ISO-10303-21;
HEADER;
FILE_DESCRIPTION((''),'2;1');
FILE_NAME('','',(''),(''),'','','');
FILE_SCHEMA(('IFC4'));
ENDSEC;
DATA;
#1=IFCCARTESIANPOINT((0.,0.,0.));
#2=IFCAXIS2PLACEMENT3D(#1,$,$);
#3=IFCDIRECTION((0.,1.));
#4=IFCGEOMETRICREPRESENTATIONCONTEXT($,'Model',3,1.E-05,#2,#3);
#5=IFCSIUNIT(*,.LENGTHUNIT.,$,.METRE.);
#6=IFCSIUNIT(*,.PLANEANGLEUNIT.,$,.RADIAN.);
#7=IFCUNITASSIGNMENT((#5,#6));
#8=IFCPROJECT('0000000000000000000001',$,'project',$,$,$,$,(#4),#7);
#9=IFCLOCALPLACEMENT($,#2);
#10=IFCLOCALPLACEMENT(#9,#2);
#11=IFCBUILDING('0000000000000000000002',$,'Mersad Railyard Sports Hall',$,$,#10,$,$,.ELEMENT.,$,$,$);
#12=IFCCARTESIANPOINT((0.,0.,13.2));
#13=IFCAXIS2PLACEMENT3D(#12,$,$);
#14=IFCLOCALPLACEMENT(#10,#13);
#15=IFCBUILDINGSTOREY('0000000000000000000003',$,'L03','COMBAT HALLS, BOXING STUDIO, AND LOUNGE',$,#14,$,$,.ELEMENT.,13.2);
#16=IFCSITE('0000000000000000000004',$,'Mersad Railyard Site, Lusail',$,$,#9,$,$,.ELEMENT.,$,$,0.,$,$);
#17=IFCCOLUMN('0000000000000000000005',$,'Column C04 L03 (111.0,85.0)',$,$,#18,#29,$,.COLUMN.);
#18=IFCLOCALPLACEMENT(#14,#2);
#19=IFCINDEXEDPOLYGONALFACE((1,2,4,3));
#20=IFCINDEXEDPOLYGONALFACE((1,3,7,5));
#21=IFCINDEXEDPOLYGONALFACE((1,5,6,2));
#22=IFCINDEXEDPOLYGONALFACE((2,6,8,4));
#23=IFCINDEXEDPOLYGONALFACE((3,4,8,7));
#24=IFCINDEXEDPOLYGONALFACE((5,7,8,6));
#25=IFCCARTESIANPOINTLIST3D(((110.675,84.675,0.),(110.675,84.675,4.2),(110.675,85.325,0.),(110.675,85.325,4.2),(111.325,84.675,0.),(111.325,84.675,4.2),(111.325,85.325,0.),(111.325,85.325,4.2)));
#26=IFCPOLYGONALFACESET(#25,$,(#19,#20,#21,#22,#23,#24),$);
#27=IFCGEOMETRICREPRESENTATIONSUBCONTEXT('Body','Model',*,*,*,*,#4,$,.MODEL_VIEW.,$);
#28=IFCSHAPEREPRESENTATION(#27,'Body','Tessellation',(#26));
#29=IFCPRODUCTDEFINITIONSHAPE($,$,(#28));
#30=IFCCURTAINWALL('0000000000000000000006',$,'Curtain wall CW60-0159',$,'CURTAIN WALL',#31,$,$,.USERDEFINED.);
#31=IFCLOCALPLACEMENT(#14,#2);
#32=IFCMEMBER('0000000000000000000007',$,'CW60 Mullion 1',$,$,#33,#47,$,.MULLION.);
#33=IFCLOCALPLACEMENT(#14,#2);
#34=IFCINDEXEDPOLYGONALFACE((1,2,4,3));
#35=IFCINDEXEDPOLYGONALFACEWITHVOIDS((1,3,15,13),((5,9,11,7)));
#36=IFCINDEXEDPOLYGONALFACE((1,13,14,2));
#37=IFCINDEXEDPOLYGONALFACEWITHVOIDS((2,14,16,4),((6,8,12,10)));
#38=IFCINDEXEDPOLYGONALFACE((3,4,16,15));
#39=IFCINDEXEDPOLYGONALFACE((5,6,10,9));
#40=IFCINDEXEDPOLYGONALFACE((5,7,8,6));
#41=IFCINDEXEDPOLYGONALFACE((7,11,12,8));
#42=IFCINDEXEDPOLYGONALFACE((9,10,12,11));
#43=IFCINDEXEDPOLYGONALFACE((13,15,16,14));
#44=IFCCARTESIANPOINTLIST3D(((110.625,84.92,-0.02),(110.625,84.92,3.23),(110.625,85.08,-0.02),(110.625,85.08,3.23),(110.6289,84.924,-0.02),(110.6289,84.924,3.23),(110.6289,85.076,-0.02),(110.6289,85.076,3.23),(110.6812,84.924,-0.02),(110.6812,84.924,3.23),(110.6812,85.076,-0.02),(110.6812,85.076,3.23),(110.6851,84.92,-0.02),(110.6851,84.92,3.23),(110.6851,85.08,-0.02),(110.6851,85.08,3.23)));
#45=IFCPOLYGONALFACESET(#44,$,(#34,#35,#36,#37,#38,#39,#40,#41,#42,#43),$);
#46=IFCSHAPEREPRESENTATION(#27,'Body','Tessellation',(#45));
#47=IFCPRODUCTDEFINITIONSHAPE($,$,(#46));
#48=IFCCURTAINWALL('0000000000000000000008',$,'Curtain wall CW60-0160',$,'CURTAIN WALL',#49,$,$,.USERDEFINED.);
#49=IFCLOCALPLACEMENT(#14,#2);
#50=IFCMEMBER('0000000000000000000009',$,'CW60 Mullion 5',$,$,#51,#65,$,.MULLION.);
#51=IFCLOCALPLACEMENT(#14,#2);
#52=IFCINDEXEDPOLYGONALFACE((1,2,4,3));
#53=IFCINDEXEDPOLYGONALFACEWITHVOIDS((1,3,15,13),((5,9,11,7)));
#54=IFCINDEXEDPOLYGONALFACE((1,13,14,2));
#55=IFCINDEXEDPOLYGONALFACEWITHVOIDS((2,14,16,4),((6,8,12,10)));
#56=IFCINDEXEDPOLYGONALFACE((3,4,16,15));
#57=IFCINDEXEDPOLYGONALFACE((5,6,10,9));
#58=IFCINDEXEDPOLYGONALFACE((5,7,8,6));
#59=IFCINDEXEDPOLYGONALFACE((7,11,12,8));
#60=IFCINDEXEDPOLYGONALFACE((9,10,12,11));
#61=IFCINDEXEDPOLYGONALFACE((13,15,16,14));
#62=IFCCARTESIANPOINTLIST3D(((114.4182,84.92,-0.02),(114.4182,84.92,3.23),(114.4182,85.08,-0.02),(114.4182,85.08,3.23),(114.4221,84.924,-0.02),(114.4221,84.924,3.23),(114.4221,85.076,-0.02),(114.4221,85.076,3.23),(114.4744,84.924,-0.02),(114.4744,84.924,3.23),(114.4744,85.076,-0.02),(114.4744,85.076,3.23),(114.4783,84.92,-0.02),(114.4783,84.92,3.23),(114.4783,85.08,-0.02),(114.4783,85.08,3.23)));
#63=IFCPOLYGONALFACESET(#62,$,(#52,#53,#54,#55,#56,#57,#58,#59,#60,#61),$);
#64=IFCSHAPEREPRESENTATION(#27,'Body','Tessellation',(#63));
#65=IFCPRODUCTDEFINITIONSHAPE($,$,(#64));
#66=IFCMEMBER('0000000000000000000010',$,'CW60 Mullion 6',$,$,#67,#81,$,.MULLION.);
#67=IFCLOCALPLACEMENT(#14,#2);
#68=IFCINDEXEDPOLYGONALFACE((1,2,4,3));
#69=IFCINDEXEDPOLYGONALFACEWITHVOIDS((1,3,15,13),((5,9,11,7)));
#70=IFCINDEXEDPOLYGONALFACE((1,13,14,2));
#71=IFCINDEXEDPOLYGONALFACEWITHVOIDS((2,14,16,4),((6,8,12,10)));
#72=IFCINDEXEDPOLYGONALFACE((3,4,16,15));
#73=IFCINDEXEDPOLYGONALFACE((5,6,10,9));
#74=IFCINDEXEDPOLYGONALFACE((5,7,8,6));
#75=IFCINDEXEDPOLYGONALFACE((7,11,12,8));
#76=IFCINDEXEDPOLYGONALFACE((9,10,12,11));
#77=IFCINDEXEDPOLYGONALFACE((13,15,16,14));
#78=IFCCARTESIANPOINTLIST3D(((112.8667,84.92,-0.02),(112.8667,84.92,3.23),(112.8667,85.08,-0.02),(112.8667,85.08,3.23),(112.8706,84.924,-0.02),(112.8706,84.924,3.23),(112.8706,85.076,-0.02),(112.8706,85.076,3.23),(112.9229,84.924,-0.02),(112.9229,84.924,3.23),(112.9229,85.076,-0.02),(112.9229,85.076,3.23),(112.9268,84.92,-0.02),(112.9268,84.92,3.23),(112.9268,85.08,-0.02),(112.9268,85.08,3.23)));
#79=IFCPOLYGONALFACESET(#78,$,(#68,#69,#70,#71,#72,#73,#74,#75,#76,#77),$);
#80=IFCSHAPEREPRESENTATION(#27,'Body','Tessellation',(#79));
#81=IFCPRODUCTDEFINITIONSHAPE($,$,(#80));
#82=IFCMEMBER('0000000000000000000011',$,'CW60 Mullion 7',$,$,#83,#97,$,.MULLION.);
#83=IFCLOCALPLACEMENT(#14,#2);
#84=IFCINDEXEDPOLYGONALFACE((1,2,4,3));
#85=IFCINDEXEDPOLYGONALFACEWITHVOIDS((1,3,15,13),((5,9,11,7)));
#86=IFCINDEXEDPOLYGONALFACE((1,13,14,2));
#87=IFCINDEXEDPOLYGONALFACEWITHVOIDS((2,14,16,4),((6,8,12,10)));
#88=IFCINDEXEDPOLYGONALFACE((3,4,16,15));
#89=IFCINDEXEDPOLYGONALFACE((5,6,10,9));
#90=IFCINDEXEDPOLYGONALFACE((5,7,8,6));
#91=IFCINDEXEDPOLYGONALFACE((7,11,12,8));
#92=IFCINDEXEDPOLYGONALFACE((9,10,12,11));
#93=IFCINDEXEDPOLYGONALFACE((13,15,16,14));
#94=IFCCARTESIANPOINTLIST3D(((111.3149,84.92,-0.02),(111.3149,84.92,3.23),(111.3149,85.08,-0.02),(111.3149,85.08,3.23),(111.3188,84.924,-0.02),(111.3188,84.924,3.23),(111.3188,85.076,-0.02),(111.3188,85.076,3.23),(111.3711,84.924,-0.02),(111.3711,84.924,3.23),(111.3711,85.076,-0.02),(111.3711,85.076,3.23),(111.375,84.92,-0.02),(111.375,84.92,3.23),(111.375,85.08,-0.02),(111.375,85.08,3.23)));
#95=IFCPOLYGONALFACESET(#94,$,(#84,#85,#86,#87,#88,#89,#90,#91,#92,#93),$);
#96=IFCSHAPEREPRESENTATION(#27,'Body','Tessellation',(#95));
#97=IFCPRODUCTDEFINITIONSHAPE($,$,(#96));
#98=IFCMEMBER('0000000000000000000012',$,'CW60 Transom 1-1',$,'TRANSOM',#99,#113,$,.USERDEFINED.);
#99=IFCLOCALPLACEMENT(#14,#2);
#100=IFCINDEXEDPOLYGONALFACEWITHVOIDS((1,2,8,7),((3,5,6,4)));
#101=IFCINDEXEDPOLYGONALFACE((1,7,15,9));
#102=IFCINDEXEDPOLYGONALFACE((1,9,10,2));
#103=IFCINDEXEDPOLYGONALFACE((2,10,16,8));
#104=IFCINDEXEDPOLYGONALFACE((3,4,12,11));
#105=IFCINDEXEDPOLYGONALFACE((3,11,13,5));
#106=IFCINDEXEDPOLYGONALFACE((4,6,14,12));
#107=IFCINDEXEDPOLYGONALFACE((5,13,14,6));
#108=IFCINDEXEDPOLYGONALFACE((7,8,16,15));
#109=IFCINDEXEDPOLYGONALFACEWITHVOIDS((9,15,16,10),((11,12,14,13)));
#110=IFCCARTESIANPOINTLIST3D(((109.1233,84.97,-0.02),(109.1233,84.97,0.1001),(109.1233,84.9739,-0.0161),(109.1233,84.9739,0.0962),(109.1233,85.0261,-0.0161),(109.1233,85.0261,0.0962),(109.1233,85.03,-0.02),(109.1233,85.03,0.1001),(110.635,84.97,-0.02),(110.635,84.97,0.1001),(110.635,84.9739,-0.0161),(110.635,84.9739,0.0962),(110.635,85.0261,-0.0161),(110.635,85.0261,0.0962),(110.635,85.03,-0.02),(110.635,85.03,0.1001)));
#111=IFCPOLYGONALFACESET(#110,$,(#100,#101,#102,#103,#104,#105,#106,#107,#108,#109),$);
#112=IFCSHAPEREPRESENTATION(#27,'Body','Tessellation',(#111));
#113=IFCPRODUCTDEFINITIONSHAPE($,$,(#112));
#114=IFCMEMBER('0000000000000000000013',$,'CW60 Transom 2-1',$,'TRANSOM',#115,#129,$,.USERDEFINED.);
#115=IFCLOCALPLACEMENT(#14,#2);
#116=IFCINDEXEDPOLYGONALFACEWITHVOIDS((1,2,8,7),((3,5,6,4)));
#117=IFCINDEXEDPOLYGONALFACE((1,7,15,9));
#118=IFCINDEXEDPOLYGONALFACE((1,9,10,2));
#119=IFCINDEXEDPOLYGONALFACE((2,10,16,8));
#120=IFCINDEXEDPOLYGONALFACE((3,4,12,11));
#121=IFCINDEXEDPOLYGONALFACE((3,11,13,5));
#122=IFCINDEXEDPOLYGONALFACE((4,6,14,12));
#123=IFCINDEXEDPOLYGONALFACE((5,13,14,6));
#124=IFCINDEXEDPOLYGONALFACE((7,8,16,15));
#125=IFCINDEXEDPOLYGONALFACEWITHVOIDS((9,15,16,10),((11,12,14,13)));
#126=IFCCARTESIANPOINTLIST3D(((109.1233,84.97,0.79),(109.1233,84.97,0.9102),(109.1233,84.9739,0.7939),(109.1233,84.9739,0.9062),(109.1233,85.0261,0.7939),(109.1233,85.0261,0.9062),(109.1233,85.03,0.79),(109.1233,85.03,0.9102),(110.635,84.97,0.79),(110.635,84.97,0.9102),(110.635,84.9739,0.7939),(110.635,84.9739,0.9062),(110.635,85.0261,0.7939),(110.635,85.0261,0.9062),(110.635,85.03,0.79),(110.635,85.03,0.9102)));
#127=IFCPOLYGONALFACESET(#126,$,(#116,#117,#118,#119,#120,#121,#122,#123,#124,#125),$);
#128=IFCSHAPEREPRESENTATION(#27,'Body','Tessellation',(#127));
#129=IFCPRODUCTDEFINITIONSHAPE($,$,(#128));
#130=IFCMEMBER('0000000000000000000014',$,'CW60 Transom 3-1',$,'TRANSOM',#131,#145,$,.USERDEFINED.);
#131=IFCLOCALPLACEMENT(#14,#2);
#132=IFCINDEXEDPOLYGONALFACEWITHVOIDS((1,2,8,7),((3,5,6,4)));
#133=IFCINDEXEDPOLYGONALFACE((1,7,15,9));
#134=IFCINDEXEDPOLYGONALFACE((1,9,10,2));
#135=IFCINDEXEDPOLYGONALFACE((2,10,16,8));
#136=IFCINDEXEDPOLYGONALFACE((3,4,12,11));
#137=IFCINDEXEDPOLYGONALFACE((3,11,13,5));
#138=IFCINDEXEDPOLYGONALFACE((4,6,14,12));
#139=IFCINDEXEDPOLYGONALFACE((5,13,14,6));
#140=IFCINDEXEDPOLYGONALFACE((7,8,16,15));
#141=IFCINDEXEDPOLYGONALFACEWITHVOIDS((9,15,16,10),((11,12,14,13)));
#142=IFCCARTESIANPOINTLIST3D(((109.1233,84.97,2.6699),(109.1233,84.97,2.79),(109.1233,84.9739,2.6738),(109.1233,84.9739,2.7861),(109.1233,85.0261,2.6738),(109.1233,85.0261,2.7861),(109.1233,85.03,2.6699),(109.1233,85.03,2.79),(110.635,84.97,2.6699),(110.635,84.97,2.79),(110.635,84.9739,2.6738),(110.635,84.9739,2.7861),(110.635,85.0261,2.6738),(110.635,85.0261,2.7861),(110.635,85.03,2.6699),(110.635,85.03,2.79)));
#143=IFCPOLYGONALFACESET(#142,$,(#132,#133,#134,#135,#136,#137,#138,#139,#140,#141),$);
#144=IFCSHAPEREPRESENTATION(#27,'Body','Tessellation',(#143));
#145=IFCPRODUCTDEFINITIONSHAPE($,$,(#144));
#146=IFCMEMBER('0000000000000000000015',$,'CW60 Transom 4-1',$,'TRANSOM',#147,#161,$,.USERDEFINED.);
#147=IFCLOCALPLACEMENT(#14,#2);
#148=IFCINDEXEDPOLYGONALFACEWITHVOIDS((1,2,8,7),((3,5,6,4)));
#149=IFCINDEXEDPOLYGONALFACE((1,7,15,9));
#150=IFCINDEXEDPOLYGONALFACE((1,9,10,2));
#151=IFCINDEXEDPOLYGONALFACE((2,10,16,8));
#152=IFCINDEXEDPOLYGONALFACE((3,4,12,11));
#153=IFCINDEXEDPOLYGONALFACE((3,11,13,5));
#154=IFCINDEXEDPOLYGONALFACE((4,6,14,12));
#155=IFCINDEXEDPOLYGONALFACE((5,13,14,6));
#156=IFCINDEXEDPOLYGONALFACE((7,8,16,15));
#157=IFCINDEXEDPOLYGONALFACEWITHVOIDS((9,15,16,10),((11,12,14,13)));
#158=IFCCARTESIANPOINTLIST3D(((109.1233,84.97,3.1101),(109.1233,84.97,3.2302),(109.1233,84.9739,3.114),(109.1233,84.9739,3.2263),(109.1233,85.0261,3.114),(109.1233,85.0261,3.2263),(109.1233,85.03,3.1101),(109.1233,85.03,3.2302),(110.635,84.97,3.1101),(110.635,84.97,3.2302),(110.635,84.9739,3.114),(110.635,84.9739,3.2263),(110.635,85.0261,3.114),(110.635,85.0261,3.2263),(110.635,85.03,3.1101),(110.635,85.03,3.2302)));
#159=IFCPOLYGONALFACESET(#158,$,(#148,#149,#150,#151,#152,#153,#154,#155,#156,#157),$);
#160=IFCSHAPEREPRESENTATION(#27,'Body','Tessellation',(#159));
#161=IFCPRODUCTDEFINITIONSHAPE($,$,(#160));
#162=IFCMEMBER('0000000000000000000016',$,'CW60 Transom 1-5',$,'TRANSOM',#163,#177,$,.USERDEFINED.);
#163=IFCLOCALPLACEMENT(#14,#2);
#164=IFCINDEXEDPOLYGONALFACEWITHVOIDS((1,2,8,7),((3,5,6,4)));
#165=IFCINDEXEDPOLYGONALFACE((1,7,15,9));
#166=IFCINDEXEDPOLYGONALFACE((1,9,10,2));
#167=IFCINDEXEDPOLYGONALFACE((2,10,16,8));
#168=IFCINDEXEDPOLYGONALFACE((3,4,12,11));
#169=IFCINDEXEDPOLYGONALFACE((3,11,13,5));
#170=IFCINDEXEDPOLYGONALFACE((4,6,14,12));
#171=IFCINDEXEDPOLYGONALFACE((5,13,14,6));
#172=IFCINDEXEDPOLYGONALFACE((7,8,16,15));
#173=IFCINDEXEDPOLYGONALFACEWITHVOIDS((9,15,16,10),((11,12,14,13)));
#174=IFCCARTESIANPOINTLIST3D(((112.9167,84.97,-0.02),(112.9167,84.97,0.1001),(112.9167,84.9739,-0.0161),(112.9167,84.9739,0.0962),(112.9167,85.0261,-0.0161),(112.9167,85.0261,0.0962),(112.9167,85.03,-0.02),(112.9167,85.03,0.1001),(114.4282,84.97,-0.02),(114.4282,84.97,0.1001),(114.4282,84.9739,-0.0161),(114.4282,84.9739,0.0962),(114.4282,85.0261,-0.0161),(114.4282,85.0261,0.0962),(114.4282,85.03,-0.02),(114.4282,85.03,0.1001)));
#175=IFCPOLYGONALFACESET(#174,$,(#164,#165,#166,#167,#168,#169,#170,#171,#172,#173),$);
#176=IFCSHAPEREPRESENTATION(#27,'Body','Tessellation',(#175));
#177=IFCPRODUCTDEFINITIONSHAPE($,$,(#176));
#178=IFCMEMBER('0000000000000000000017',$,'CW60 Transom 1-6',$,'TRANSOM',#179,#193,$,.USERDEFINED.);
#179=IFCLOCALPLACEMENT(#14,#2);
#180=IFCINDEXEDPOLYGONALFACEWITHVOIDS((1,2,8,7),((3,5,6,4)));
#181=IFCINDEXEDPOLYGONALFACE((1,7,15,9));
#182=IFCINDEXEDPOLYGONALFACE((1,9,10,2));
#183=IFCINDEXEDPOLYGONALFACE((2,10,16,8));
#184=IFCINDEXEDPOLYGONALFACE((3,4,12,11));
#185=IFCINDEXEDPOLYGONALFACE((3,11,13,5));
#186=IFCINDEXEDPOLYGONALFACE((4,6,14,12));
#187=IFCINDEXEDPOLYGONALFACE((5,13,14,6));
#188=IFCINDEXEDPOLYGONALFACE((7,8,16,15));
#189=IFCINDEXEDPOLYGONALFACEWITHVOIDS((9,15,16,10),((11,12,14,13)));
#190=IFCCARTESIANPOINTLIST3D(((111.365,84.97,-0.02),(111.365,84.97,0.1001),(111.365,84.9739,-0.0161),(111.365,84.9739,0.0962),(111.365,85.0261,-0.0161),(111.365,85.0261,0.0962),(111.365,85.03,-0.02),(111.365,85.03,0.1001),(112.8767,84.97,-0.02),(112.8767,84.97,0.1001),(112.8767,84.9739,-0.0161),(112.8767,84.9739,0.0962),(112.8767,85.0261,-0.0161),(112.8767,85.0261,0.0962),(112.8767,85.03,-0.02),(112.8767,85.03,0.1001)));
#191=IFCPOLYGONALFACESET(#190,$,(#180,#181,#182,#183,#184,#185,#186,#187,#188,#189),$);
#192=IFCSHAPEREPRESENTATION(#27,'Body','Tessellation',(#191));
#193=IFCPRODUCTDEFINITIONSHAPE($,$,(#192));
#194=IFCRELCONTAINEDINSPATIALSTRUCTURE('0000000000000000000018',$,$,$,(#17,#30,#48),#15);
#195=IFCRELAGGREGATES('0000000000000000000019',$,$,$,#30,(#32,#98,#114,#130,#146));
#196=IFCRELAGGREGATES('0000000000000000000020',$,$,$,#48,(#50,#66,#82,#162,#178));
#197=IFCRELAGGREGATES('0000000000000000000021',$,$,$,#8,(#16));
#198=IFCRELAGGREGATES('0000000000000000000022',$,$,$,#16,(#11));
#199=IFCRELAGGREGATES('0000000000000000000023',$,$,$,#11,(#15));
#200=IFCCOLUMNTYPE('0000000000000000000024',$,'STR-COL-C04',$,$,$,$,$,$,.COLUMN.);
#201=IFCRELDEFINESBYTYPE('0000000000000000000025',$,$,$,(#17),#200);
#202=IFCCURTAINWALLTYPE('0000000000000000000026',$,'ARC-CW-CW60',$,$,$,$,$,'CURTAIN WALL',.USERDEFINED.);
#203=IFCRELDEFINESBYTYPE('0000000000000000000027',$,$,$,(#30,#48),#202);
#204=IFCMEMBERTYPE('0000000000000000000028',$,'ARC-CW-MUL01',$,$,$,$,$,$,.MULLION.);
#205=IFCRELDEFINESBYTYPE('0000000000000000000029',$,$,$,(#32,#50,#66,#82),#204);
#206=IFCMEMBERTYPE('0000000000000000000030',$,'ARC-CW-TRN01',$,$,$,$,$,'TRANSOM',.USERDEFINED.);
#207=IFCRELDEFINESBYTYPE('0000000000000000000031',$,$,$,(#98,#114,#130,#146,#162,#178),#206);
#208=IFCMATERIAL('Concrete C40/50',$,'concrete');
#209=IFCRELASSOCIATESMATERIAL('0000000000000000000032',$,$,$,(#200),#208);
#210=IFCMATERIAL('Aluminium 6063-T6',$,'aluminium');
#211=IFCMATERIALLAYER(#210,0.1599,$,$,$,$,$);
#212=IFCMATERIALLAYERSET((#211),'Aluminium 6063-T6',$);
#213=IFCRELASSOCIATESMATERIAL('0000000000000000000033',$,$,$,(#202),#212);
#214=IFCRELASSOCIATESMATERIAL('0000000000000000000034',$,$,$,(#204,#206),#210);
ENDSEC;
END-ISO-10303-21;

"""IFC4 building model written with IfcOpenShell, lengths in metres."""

from ifc_helpers import new_model, si_unit, direction, frame, origin, origin_2d, place, context, subcontext, project, spatial, rectangle, hollow_rectangle, extrude, material, layer, layer_set, material_profile, profile_set, type_object, element, aggregate, save


model = new_model("IFC4")

# Units and contexts
model_context = context("Model", 3, precision=1e-05, world=origin(), true_north=direction((0.0, 1.0)))
body_context = subcontext(model_context, "Body", "Model", "MODEL_VIEW")
ifc_project = project(units=[si_unit("LENGTHUNIT", "METRE"), si_unit("PLANEANGLEUNIT", "RADIAN")], contexts=[model_context])

# Site, building, storey
site_placement = place(None, origin())
site = spatial("IfcSite", under=ifc_project, at=site_placement, Name="Mersad Railyard Site, Lusail", CompositionType="ELEMENT", RefElevation=0.0)
building_placement = place(site_placement, origin())
building = spatial("IfcBuilding", under=site, at=building_placement, Name="Mersad Railyard Sports Hall", CompositionType="ELEMENT")
storey_placement = place(building_placement, frame((0.0, 0.0, 13.2)))
storey = spatial("IfcBuildingStorey", under=building, at=storey_placement, Name="L03", Description="COMBAT HALLS, BOXING STUDIO, AND LOUNGE", CompositionType="ELEMENT", Elevation=13.2)

# Column
ifc_material_1 = material(Name="Concrete C40/50", Category="concrete")
ifc_material_profile_1 = material_profile(ifc_material_1, rectangle(XDim=0.6499, YDim=0.6499, at=origin_2d()), Name="RC 650x650")
ifc_profile_set_1 = profile_set([ifc_material_profile_1], Name="Concrete C40/50")
column_type = type_object("IfcColumnType", Name="STR-COL-C04", PredefinedType="COLUMN", material=ifc_profile_set_1)
column_placement = place(storey_placement, frame((111.0, 85.0, 0.0), z_axis=(0.0, 0.0, 1.0), x_axis=(1.0, 0.0, 0.0)))
element("IfcColumn", 1, at=column_placement, inside=storey, type_object=column_type, Name="Column C04 L03 (111.0,85.0)", PredefinedType="COLUMN", context=body_context, shape_type="SweptSolid", body=[
    extrude(rectangle(XDim=0.6499, YDim=0.6499, at=origin_2d()), origin(), (0.0, 0.0, 1.0), 4.2),
])

# Curtain wall, member
ifc_material_2 = material(Name="Aluminium 6063-T6", Category="aluminium")
ifc_layer_1 = layer(ifc_material_2, 0.1599)
ifc_layer_set_1 = layer_set([ifc_layer_1], Name="Aluminium 6063-T6")
curtain_wall_type = type_object("IfcCurtainWallType", Name="ARC-CW-CW60", ElementType="CURTAIN WALL", PredefinedType="USERDEFINED", material=ifc_layer_set_1)
curtain_wall_1_placement = place(storey_placement, origin())
curtain_wall_1 = element("IfcCurtainWall", 2, at=curtain_wall_1_placement, inside=storey, type_object=curtain_wall_type, Name="Curtain wall CW60-0159", ObjectType="CURTAIN WALL", PredefinedType="USERDEFINED")
ifc_material_profile_2 = material_profile(ifc_material_2, hollow_rectangle(XDim=0.0601, YDim=0.1599, WallThickness=0.0039, at=origin_2d()), Name="AL MULLION 60x160x4")
ifc_profile_set_2 = profile_set([ifc_material_profile_2], Name="Aluminium 6063-T6")
member_type_1 = type_object("IfcMemberType", Name="ARC-CW-MUL01", PredefinedType="MULLION", material=ifc_profile_set_2)
member_1_placement = place(storey_placement, frame((110.655, 85.0, -0.02), z_axis=(0.0, 0.0, 1.0), x_axis=(1.0, 0.0, 0.0)))
member_1 = element("IfcMember", 3, at=member_1_placement, type_object=member_type_1, Name="CW60 Mullion 1", PredefinedType="MULLION", context=body_context, shape_type="SweptSolid", body=[
    extrude(hollow_rectangle(XDim=0.0601, YDim=0.1599, WallThickness=0.0039, at=origin_2d()), origin(), (0.0, 0.0, 1.0), 3.25),
])

# Curtain wall, members
curtain_wall_2_placement = place(storey_placement, origin())
curtain_wall_2 = element("IfcCurtainWall", 4, at=curtain_wall_2_placement, inside=storey, type_object=curtain_wall_type, Name="Curtain wall CW60-0160", ObjectType="CURTAIN WALL", PredefinedType="USERDEFINED")
member_2_placement = place(storey_placement, frame((114.4482, 85.0, -0.02), z_axis=(0.0, 0.0, 1.0), x_axis=(1.0, 0.0, 0.0)))
member_2 = element("IfcMember", 5, at=member_2_placement, type_object=member_type_1, Name="CW60 Mullion 5", PredefinedType="MULLION", context=body_context, shape_type="SweptSolid", body=[
    extrude(hollow_rectangle(XDim=0.0601, YDim=0.1599, WallThickness=0.0039, at=origin_2d()), origin(), (0.0, 0.0, 1.0), 3.25),
])
member_3_placement = place(storey_placement, frame((112.8967, 85.0, -0.02), z_axis=(0.0, 0.0, 1.0), x_axis=(1.0, 0.0, 0.0)))
member_3 = element("IfcMember", 6, at=member_3_placement, type_object=member_type_1, Name="CW60 Mullion 6", PredefinedType="MULLION", context=body_context, shape_type="SweptSolid", body=[
    extrude(hollow_rectangle(XDim=0.0601, YDim=0.1599, WallThickness=0.0039, at=origin_2d()), origin(), (0.0, 0.0, 1.0), 3.25),
])
member_4_placement = place(storey_placement, frame((111.345, 85.0, -0.02), z_axis=(0.0, 0.0, 1.0), x_axis=(1.0, 0.0, 0.0)))
member_4 = element("IfcMember", 7, at=member_4_placement, type_object=member_type_1, Name="CW60 Mullion 7", PredefinedType="MULLION", context=body_context, shape_type="SweptSolid", body=[
    extrude(hollow_rectangle(XDim=0.0601, YDim=0.1599, WallThickness=0.0039, at=origin_2d()), origin(), (0.0, 0.0, 1.0), 3.25),
])

# Members
ifc_material_profile_3 = material_profile(ifc_material_2, hollow_rectangle(XDim=0.0601, YDim=0.1201, WallThickness=0.0039, at=origin_2d()), Name="AL TRANSOM 60x120x4")
ifc_profile_set_3 = profile_set([ifc_material_profile_3], Name="Aluminium 6063-T6")
member_type_2 = type_object("IfcMemberType", Name="ARC-CW-TRN01", ElementType="TRANSOM", PredefinedType="USERDEFINED", material=ifc_profile_set_3)
member_5_placement = place(storey_placement, frame((110.635, 85.0, 0.04), z_axis=(-1.0, 0.0, 0.0), x_axis=(0.0, -1.0, 0.0)))
member_5 = element("IfcMember", 8, at=member_5_placement, type_object=member_type_2, Name="CW60 Transom 1-1", ObjectType="TRANSOM", PredefinedType="USERDEFINED", context=body_context, shape_type="SweptSolid", body=[
    extrude(hollow_rectangle(XDim=0.0601, YDim=0.1201, WallThickness=0.0039, at=origin_2d()), origin(), (0.0, 0.0, 1.0), 1.5117),
])
member_6_placement = place(storey_placement, frame((110.635, 85.0, 0.8501), z_axis=(-1.0, 0.0, 0.0), x_axis=(0.0, -1.0, 0.0)))
member_6 = element("IfcMember", 9, at=member_6_placement, type_object=member_type_2, Name="CW60 Transom 2-1", ObjectType="TRANSOM", PredefinedType="USERDEFINED", context=body_context, shape_type="SweptSolid", body=[
    extrude(hollow_rectangle(XDim=0.0601, YDim=0.1201, WallThickness=0.0039, at=origin_2d()), origin(), (0.0, 0.0, 1.0), 1.5117),
])
member_7_placement = place(storey_placement, frame((110.635, 85.0, 2.73), z_axis=(-1.0, 0.0, 0.0), x_axis=(0.0, -1.0, 0.0)))
member_7 = element("IfcMember", 10, at=member_7_placement, type_object=member_type_2, Name="CW60 Transom 3-1", ObjectType="TRANSOM", PredefinedType="USERDEFINED", context=body_context, shape_type="SweptSolid", body=[
    extrude(hollow_rectangle(XDim=0.0601, YDim=0.1201, WallThickness=0.0039, at=origin_2d()), origin(), (0.0, 0.0, 1.0), 1.5117),
])
member_8_placement = place(storey_placement, frame((110.635, 85.0, 3.1702), z_axis=(-1.0, 0.0, 0.0), x_axis=(0.0, -1.0, 0.0)))
member_8 = element("IfcMember", 11, at=member_8_placement, type_object=member_type_2, Name="CW60 Transom 4-1", ObjectType="TRANSOM", PredefinedType="USERDEFINED", context=body_context, shape_type="SweptSolid", body=[
    extrude(hollow_rectangle(XDim=0.0601, YDim=0.1201, WallThickness=0.0039, at=origin_2d()), origin(), (0.0, 0.0, 1.0), 1.5117),
])
member_9_placement = place(storey_placement, frame((114.4282, 85.0, 0.04), z_axis=(-1.0, 0.0, 0.0), x_axis=(0.0, -1.0, 0.0)))
member_9 = element("IfcMember", 12, at=member_9_placement, type_object=member_type_2, Name="CW60 Transom 1-5", ObjectType="TRANSOM", PredefinedType="USERDEFINED", context=body_context, shape_type="SweptSolid", body=[
    extrude(hollow_rectangle(XDim=0.0601, YDim=0.1201, WallThickness=0.0039, at=origin_2d()), origin(), (0.0, 0.0, 1.0), 1.5115),
])
member_10_placement = place(storey_placement, frame((112.8767, 85.0, 0.04), z_axis=(-1.0, 0.0, 0.0), x_axis=(0.0, -1.0, 0.0)))
member_10 = element("IfcMember", 13, at=member_10_placement, type_object=member_type_2, Name="CW60 Transom 1-6", ObjectType="TRANSOM", PredefinedType="USERDEFINED", context=body_context, shape_type="SweptSolid", body=[
    extrude(hollow_rectangle(XDim=0.0601, YDim=0.1201, WallThickness=0.0039, at=origin_2d()), origin(), (0.0, 0.0, 1.0), 1.5117),
])

aggregate(curtain_wall_1, [member_1, member_5, member_6, member_7, member_8])
aggregate(curtain_wall_2, [member_2, member_3, member_4, member_9, member_10])

save(model, "model.ifc")
